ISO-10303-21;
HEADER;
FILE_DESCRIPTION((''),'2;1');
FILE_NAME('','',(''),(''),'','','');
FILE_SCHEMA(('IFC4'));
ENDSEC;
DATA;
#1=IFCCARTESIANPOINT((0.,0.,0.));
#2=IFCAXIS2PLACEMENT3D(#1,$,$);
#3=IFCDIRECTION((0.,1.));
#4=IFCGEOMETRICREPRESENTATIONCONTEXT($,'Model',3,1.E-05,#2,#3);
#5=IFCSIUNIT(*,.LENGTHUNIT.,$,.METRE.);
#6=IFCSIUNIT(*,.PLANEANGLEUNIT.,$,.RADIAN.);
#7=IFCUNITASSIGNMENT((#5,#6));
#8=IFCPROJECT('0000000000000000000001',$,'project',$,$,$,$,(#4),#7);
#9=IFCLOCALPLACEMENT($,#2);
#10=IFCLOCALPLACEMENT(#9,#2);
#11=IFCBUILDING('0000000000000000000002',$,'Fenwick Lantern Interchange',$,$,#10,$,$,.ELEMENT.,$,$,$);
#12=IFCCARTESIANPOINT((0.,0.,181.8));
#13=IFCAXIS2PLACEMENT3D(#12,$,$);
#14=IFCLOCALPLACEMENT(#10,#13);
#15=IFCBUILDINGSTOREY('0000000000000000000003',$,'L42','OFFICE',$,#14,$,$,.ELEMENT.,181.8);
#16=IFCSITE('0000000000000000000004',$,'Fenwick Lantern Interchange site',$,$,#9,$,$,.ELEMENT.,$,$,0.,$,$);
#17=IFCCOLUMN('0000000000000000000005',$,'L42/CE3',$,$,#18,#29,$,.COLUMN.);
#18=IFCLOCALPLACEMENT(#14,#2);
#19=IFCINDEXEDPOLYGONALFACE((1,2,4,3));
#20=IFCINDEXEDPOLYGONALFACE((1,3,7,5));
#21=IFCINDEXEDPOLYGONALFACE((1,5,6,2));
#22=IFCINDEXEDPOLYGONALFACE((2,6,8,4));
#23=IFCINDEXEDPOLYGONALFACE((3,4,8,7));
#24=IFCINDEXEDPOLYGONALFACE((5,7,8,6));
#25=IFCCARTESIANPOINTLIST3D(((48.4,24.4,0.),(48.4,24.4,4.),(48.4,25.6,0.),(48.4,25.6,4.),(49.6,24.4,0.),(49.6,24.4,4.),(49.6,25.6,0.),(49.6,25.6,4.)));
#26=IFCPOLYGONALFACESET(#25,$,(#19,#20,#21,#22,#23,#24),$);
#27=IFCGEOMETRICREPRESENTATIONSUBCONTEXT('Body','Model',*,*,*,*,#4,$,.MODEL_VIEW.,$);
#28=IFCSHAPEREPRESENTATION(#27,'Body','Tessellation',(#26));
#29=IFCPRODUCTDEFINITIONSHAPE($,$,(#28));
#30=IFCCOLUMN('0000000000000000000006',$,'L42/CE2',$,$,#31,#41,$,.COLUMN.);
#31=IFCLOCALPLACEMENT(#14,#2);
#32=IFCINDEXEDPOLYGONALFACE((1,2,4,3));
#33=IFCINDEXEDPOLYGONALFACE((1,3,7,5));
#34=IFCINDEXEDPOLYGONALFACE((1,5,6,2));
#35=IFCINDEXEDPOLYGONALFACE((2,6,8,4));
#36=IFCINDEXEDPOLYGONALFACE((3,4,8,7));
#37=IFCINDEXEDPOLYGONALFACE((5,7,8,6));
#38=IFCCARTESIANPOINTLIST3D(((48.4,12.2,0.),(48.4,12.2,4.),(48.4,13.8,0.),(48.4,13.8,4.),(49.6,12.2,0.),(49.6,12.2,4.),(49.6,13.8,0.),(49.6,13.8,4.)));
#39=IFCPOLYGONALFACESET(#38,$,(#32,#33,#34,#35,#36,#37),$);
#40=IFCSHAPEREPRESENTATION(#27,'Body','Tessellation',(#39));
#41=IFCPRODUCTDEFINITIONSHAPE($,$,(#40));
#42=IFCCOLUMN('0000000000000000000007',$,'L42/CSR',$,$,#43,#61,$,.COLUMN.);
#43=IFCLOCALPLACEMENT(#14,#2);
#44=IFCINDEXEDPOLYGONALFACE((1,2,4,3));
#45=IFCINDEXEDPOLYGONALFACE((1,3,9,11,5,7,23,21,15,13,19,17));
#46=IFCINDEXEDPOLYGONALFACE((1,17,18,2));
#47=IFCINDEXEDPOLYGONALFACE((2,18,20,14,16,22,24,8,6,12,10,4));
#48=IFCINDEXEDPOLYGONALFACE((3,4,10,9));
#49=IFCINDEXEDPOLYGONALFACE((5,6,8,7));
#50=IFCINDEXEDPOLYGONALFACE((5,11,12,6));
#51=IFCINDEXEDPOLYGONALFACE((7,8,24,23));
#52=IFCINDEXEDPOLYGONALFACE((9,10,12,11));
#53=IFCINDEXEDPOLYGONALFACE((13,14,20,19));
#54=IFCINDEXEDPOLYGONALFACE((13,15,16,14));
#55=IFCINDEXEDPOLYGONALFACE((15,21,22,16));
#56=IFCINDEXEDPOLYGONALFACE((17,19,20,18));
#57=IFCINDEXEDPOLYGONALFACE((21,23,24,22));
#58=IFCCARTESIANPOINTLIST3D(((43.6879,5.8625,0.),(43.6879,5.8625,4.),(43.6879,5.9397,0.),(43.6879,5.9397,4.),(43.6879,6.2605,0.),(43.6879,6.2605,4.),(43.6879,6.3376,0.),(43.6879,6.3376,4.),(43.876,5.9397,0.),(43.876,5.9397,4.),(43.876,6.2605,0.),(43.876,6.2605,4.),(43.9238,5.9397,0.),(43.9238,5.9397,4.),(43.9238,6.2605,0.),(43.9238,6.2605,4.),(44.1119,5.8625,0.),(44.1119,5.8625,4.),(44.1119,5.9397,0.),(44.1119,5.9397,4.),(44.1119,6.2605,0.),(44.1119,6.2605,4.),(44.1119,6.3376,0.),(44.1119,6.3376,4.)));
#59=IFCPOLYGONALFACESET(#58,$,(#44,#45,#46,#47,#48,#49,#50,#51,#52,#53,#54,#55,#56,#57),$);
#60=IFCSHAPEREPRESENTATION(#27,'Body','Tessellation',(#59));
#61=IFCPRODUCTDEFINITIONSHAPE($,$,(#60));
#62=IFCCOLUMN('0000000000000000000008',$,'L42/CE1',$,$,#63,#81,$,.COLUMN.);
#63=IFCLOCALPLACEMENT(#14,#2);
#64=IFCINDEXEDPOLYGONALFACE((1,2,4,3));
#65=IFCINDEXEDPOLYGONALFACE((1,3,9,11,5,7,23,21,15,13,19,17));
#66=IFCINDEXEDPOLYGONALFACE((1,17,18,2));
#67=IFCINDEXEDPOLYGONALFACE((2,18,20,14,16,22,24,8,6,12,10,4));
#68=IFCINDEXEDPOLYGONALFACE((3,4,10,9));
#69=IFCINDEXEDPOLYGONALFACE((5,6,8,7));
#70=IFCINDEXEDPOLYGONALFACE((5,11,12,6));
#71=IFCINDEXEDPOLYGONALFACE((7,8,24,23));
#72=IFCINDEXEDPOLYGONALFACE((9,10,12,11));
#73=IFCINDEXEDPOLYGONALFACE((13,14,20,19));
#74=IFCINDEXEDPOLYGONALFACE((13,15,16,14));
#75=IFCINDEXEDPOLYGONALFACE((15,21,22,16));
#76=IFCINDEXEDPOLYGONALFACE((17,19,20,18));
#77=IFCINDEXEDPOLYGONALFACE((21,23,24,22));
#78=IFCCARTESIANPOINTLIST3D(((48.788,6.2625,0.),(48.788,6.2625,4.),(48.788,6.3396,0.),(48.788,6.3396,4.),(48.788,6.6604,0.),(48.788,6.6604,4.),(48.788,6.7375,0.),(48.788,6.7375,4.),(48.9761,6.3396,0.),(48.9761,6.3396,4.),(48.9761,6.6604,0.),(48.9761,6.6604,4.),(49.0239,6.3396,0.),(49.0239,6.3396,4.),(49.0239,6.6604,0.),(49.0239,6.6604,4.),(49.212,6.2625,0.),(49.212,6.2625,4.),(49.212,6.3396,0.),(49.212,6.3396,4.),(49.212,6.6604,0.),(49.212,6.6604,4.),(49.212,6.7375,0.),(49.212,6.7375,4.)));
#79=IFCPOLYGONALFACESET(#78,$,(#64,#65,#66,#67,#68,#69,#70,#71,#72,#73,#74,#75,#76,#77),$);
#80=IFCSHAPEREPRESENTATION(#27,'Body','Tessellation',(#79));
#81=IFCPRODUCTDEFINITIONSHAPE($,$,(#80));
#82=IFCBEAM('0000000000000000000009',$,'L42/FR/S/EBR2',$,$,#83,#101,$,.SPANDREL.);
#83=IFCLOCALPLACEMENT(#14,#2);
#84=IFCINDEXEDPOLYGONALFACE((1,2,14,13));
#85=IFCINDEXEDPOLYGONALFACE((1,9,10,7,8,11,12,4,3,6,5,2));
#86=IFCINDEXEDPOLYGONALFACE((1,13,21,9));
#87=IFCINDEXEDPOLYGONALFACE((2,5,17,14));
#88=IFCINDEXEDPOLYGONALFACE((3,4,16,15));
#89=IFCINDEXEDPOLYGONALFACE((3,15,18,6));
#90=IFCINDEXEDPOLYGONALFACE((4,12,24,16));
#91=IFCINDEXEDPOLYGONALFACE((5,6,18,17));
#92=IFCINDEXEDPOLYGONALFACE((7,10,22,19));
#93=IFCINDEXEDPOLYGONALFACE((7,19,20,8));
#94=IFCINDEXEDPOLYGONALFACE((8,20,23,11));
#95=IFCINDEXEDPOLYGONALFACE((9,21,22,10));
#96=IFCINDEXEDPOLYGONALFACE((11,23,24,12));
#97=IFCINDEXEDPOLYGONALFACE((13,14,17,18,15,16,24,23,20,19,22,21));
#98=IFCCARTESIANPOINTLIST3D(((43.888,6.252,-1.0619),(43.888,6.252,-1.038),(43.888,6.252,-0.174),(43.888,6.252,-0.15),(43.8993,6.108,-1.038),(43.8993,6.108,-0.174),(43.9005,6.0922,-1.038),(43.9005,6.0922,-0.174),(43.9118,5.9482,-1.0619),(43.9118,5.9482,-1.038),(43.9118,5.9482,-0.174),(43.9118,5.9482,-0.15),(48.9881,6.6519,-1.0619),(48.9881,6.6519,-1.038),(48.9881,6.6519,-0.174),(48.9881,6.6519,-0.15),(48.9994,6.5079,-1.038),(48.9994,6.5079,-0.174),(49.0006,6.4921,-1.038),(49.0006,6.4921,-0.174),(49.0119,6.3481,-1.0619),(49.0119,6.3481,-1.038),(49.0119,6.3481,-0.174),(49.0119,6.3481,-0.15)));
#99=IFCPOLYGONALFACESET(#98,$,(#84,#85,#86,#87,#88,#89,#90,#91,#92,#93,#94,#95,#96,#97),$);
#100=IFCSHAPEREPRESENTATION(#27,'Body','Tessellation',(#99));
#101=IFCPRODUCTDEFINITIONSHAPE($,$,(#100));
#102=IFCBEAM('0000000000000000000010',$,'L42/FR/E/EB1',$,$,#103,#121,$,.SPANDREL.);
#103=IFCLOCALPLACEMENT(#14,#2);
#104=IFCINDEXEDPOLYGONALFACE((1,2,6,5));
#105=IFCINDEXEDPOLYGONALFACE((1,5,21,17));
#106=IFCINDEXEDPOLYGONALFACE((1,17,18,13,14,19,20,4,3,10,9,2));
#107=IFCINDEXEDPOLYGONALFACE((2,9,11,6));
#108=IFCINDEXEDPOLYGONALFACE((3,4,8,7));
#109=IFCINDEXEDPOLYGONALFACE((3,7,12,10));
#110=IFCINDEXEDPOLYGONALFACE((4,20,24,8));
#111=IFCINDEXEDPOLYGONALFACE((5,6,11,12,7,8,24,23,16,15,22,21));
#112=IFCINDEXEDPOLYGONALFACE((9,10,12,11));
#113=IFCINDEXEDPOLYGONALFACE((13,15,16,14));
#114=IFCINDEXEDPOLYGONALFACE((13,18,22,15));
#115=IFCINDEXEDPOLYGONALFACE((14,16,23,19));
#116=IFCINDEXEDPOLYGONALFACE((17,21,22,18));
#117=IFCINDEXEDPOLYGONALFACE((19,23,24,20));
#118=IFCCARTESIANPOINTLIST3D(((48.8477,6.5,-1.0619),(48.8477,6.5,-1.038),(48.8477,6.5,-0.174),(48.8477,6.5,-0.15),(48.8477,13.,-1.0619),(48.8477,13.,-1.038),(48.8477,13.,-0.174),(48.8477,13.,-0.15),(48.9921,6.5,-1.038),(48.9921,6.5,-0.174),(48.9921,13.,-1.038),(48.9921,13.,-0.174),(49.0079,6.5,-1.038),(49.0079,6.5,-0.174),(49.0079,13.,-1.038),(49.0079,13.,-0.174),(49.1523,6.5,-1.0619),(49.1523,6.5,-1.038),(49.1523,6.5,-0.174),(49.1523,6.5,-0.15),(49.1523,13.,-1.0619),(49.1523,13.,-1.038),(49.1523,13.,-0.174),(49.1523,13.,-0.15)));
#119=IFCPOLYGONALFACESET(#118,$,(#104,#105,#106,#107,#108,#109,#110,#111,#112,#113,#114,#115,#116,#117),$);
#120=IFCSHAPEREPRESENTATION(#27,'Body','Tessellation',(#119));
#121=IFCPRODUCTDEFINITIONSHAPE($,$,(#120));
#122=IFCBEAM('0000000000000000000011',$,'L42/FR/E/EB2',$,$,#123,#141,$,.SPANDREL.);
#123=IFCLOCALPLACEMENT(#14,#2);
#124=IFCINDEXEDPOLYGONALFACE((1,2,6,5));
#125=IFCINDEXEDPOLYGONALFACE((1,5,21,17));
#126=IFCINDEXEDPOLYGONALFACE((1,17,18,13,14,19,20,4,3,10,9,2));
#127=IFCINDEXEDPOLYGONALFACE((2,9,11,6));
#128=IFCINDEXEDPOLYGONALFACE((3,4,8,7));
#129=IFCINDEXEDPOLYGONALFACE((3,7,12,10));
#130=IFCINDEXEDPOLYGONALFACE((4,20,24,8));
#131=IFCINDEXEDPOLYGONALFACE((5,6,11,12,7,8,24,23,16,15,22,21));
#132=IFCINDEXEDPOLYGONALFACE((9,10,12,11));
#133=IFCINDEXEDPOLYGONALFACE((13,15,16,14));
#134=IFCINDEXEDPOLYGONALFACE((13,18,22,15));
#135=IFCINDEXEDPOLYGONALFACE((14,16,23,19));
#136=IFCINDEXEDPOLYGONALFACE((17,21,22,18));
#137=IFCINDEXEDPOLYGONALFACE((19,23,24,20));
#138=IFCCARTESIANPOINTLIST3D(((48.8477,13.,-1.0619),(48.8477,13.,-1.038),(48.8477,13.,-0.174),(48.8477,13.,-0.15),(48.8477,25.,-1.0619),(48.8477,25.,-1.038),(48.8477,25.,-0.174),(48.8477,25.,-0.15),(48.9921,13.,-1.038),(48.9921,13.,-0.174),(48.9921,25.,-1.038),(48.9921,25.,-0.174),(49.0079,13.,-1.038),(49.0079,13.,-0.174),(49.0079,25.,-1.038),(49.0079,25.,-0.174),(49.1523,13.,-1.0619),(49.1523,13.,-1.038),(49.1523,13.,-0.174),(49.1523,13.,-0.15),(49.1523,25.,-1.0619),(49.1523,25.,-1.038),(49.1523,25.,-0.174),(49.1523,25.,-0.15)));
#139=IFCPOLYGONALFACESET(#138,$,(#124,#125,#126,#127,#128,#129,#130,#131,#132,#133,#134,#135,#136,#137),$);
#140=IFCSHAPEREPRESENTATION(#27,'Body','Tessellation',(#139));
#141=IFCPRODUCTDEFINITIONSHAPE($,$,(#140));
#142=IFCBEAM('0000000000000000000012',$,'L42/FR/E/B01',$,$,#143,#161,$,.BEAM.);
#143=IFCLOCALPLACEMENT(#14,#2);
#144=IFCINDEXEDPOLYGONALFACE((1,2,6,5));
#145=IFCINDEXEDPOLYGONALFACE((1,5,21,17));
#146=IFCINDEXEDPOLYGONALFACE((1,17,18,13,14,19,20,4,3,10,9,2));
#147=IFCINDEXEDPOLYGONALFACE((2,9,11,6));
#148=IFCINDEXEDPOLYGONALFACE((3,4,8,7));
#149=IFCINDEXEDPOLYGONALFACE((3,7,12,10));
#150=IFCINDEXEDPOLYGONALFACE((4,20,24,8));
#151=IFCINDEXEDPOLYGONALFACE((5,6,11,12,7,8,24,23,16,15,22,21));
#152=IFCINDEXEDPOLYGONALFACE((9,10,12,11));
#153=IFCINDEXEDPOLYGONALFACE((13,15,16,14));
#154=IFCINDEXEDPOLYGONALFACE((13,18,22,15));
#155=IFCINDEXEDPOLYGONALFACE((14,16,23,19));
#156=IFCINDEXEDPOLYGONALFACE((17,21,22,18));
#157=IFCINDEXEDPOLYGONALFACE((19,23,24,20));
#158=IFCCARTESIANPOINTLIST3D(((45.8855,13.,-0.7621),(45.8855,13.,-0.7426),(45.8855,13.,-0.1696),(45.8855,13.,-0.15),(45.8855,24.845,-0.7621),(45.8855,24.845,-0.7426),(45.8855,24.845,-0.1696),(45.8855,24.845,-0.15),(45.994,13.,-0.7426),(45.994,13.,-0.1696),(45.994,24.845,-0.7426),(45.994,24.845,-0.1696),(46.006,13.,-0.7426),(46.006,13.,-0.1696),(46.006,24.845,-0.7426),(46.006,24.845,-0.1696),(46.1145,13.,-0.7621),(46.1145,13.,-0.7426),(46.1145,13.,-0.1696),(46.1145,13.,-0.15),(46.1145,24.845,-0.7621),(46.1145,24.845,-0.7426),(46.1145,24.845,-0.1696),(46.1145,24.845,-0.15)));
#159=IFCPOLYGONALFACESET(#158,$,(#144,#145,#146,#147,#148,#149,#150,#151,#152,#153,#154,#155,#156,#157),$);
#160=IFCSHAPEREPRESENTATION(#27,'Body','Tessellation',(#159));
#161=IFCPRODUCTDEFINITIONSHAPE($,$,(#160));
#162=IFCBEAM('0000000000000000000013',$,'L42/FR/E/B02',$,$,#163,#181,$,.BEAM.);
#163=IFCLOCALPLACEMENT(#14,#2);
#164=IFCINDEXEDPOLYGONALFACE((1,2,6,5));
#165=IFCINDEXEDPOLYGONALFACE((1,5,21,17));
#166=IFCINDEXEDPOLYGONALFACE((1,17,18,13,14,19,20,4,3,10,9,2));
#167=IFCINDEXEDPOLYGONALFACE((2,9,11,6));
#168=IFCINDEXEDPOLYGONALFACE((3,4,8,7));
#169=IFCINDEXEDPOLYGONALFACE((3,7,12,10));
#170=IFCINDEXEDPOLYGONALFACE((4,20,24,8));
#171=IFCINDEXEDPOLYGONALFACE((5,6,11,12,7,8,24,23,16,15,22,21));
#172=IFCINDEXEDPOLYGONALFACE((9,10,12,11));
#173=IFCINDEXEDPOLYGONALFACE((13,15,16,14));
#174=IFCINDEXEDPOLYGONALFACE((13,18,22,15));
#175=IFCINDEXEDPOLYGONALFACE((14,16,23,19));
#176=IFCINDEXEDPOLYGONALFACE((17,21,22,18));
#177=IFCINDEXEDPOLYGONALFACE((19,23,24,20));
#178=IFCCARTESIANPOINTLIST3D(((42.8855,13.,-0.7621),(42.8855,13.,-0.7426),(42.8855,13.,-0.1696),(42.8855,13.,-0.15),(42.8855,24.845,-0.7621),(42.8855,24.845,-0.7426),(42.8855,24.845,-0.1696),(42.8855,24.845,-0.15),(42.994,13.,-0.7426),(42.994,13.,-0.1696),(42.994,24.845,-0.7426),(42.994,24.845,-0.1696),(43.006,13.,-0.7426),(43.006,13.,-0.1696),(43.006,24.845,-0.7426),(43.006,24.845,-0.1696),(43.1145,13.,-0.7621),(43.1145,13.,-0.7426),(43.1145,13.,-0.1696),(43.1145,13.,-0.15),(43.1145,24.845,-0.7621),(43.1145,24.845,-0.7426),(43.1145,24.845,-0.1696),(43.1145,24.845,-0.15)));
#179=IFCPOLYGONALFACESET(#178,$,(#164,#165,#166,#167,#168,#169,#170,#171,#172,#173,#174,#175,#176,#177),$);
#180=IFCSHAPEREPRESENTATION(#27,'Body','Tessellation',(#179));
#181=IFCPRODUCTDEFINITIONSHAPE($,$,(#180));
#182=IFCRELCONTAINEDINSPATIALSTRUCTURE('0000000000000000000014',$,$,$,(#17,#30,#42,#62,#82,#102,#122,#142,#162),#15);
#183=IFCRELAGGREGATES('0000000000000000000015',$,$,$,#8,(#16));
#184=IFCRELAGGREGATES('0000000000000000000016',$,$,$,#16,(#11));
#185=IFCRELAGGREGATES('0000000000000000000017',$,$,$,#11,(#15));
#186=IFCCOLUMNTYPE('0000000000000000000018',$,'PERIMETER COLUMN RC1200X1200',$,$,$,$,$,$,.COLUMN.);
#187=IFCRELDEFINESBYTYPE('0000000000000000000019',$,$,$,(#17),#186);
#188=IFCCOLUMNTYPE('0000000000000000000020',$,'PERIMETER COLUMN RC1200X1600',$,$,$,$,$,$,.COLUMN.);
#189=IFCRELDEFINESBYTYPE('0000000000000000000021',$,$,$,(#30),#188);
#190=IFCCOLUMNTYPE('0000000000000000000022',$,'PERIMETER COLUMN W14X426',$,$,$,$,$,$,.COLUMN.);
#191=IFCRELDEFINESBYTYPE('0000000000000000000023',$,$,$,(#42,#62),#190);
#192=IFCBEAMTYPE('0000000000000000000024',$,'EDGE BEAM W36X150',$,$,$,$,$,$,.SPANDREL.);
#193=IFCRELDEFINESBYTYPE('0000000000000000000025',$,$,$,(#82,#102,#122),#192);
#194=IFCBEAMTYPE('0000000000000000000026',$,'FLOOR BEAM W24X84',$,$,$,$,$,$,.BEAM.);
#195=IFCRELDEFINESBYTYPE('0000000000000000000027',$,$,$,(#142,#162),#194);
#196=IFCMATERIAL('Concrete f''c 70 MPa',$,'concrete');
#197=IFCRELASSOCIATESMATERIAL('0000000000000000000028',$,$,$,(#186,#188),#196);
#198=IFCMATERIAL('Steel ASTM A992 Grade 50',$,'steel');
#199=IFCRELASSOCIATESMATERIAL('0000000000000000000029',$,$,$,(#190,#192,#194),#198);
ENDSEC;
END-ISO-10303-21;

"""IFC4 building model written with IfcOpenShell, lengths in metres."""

from ifc_helpers import new_model, si_unit, direction, frame, origin, origin_2d, place, context, subcontext, project, spatial, rectangle, i_section, extrude, material, material_profile, profile_set, type_object, element, save


model = new_model("IFC4")

# Units and contexts
model_context = context("Model", 3, precision=1e-05, world=origin(), true_north=direction((0.0, 1.0)))
body_context = subcontext(model_context, "Body", "Model", "MODEL_VIEW")
ifc_project = project(units=[si_unit("LENGTHUNIT", "METRE"), si_unit("PLANEANGLEUNIT", "RADIAN")], contexts=[model_context])

# Site, building, storey
site_placement = place(None, origin())
site = spatial("IfcSite", under=ifc_project, at=site_placement, Name="Fenwick Lantern Interchange site", CompositionType="ELEMENT", RefElevation=0.0)
building_placement = place(site_placement, origin())
building = spatial("IfcBuilding", under=site, at=building_placement, Name="Fenwick Lantern Interchange", CompositionType="ELEMENT")
storey_placement = place(building_placement, frame((0.0, 0.0, 181.8)))
storey = spatial("IfcBuildingStorey", under=building, at=storey_placement, Name="L42", Description="OFFICE", CompositionType="ELEMENT", Elevation=181.8)

# Columns
ifc_material_1 = material(Name="Concrete f'c 70 MPa", Category="concrete")
ifc_material_profile_1 = material_profile(ifc_material_1, rectangle(XDim=1.2, YDim=1.2, at=origin_2d()), Name="RC1200X1200")
ifc_profile_set_1 = profile_set([ifc_material_profile_1], Name="Concrete f'c 70 MPa")
column_type_1 = type_object("IfcColumnType", Name="PERIMETER COLUMN RC1200X1200", PredefinedType="COLUMN", material=ifc_profile_set_1)
column_1_placement = place(storey_placement, frame((49.0, 25.0, 0.0), z_axis=(0.0, 0.0, 1.0), x_axis=(1.0, 0.0, 0.0)))
element("IfcColumn", 1, at=column_1_placement, inside=storey, type_object=column_type_1, Name="L42/CE3", PredefinedType="COLUMN", context=body_context, shape_type="SweptSolid", body=[
    extrude(rectangle(XDim=1.2, YDim=1.2, at=origin_2d()), origin(), (0.0, 0.0, 1.0), 4.0),
])
ifc_material_profile_2 = material_profile(ifc_material_1, rectangle(XDim=1.2, YDim=1.6001, at=origin_2d()), Name="RC1200X1600")
ifc_profile_set_2 = profile_set([ifc_material_profile_2], Name="Concrete f'c 70 MPa")
column_type_2 = type_object("IfcColumnType", Name="PERIMETER COLUMN RC1200X1600", PredefinedType="COLUMN", material=ifc_profile_set_2)
column_2_placement = place(storey_placement, frame((49.0, 13.0, 0.0), z_axis=(0.0, 0.0, 1.0), x_axis=(1.0, 0.0, 0.0)))
element("IfcColumn", 2, at=column_2_placement, inside=storey, type_object=column_type_2, Name="L42/CE2", PredefinedType="COLUMN", context=body_context, shape_type="SweptSolid", body=[
    extrude(rectangle(XDim=1.2, YDim=1.6001, at=origin_2d()), origin(), (0.0, 0.0, 1.0), 4.0),
])
ifc_material_2 = material(Name="Steel ASTM A992 Grade 50", Category="steel")
ifc_material_profile_3 = material_profile(ifc_material_2, i_section(OverallWidth=0.4241, OverallDepth=0.4751, WebThickness=0.0479, FlangeThickness=0.0771, at=origin_2d()), Name="W14X426")
ifc_profile_set_3 = profile_set([ifc_material_profile_3], Name="Steel ASTM A992 Grade 50")
column_type_3 = type_object("IfcColumnType", Name="PERIMETER COLUMN W14X426", PredefinedType="COLUMN", material=ifc_profile_set_3)
for number, where, z_axis, x_axis, name in (
    (3, (43.8999, 6.1001, 0.0), (0.0, 0.0, 1.0), (1.0, 0.0, 0.0), "L42/CSR"),
    (4, (49.0, 6.5, 0.0), (0.0, 0.0, 1.0), (1.0, 0.0, 0.0), "L42/CE1"),
):
    element("IfcColumn", number, at=place(storey_placement, frame(where, z_axis=z_axis, x_axis=x_axis)), inside=storey, type_object=column_type_3, Name=name, PredefinedType="COLUMN", context=body_context, shape_type="SweptSolid", body=[
        extrude(i_section(OverallWidth=0.4241, OverallDepth=0.4751, WebThickness=0.0479, FlangeThickness=0.0771, at=origin_2d()), origin(), (0.0, 0.0, 1.0), 4.0),
    ])

# Beams
ifc_material_profile_4 = material_profile(ifc_material_2, i_section(OverallWidth=0.3047, OverallDepth=0.9119, WebThickness=0.0159, FlangeThickness=0.0239, at=origin_2d()), Name="W36X150")
ifc_profile_set_4 = profile_set([ifc_material_profile_4], Name="Steel ASTM A992 Grade 50")
beam_type_1 = type_object("IfcBeamType", Name="EDGE BEAM W36X150", PredefinedType="SPANDREL", material=ifc_profile_set_4)
beam_1_placement = place(storey_placement, frame((43.8999, 6.1001, -0.606), z_axis=(0.99694, 0.078171, 0.0), x_axis=(-0.078171, 0.99694, 0.0)))
element("IfcBeam", 5, at=beam_1_placement, inside=storey, type_object=beam_type_1, Name="L42/FR/S/EBR2", PredefinedType="SPANDREL", context=body_context, shape_type="SweptSolid", body=[
    extrude(i_section(OverallWidth=0.3047, OverallDepth=0.9119, WebThickness=0.0159, FlangeThickness=0.0239, at=origin_2d()), origin(), (0.0, 0.0, 1.0), 5.1157),
])
beam_2_placement = place(storey_placement, frame((49.0, 6.5, -0.606), z_axis=(0.0, 1.0, 0.0), x_axis=(-1.0, 0.0, 0.0)))
element("IfcBeam", 6, at=beam_2_placement, inside=storey, type_object=beam_type_1, Name="L42/FR/E/EB1", PredefinedType="SPANDREL", context=body_context, shape_type="SweptSolid", body=[
    extrude(i_section(OverallWidth=0.3047, OverallDepth=0.9119, WebThickness=0.0159, FlangeThickness=0.0239, at=origin_2d()), origin(), (0.0, 0.0, 1.0), 6.5),
])
beam_3_placement = place(storey_placement, frame((49.0, 13.0, -0.606), z_axis=(0.0, 1.0, 0.0), x_axis=(-1.0, 0.0, 0.0)))
element("IfcBeam", 7, at=beam_3_placement, inside=storey, type_object=beam_type_1, Name="L42/FR/E/EB2", PredefinedType="SPANDREL", context=body_context, shape_type="SweptSolid", body=[
    extrude(i_section(OverallWidth=0.3047, OverallDepth=0.9119, WebThickness=0.0159, FlangeThickness=0.0239, at=origin_2d()), origin(), (0.0, 0.0, 1.0), 12.0),
])
ifc_material_profile_5 = material_profile(ifc_material_2, i_section(OverallWidth=0.229, OverallDepth=0.6121, WebThickness=0.012, FlangeThickness=0.0195, at=origin_2d()), Name="W24X84")
ifc_profile_set_5 = profile_set([ifc_material_profile_5], Name="Steel ASTM A992 Grade 50")
beam_type_2 = type_object("IfcBeamType", Name="FLOOR BEAM W24X84", PredefinedType="BEAM", material=ifc_profile_set_5)
for number, where, z_axis, x_axis, name in (
    (8, (46.0, 13.0, -0.4561), (0.0, 1.0, 0.0), (-1.0, 0.0, 0.0), "L42/FR/E/B01"),
    (9, (43.0, 13.0, -0.4561), (0.0, 1.0, 0.0), (-1.0, 0.0, 0.0), "L42/FR/E/B02"),
):
    element("IfcBeam", number, at=place(storey_placement, frame(where, z_axis=z_axis, x_axis=x_axis)), inside=storey, type_object=beam_type_2, Name=name, PredefinedType="BEAM", context=body_context, shape_type="SweptSolid", body=[
        extrude(i_section(OverallWidth=0.229, OverallDepth=0.6121, WebThickness=0.012, FlangeThickness=0.0195, at=origin_2d()), origin(), (0.0, 0.0, 1.0), 11.845),
    ])

save(model, "model.ifc")
